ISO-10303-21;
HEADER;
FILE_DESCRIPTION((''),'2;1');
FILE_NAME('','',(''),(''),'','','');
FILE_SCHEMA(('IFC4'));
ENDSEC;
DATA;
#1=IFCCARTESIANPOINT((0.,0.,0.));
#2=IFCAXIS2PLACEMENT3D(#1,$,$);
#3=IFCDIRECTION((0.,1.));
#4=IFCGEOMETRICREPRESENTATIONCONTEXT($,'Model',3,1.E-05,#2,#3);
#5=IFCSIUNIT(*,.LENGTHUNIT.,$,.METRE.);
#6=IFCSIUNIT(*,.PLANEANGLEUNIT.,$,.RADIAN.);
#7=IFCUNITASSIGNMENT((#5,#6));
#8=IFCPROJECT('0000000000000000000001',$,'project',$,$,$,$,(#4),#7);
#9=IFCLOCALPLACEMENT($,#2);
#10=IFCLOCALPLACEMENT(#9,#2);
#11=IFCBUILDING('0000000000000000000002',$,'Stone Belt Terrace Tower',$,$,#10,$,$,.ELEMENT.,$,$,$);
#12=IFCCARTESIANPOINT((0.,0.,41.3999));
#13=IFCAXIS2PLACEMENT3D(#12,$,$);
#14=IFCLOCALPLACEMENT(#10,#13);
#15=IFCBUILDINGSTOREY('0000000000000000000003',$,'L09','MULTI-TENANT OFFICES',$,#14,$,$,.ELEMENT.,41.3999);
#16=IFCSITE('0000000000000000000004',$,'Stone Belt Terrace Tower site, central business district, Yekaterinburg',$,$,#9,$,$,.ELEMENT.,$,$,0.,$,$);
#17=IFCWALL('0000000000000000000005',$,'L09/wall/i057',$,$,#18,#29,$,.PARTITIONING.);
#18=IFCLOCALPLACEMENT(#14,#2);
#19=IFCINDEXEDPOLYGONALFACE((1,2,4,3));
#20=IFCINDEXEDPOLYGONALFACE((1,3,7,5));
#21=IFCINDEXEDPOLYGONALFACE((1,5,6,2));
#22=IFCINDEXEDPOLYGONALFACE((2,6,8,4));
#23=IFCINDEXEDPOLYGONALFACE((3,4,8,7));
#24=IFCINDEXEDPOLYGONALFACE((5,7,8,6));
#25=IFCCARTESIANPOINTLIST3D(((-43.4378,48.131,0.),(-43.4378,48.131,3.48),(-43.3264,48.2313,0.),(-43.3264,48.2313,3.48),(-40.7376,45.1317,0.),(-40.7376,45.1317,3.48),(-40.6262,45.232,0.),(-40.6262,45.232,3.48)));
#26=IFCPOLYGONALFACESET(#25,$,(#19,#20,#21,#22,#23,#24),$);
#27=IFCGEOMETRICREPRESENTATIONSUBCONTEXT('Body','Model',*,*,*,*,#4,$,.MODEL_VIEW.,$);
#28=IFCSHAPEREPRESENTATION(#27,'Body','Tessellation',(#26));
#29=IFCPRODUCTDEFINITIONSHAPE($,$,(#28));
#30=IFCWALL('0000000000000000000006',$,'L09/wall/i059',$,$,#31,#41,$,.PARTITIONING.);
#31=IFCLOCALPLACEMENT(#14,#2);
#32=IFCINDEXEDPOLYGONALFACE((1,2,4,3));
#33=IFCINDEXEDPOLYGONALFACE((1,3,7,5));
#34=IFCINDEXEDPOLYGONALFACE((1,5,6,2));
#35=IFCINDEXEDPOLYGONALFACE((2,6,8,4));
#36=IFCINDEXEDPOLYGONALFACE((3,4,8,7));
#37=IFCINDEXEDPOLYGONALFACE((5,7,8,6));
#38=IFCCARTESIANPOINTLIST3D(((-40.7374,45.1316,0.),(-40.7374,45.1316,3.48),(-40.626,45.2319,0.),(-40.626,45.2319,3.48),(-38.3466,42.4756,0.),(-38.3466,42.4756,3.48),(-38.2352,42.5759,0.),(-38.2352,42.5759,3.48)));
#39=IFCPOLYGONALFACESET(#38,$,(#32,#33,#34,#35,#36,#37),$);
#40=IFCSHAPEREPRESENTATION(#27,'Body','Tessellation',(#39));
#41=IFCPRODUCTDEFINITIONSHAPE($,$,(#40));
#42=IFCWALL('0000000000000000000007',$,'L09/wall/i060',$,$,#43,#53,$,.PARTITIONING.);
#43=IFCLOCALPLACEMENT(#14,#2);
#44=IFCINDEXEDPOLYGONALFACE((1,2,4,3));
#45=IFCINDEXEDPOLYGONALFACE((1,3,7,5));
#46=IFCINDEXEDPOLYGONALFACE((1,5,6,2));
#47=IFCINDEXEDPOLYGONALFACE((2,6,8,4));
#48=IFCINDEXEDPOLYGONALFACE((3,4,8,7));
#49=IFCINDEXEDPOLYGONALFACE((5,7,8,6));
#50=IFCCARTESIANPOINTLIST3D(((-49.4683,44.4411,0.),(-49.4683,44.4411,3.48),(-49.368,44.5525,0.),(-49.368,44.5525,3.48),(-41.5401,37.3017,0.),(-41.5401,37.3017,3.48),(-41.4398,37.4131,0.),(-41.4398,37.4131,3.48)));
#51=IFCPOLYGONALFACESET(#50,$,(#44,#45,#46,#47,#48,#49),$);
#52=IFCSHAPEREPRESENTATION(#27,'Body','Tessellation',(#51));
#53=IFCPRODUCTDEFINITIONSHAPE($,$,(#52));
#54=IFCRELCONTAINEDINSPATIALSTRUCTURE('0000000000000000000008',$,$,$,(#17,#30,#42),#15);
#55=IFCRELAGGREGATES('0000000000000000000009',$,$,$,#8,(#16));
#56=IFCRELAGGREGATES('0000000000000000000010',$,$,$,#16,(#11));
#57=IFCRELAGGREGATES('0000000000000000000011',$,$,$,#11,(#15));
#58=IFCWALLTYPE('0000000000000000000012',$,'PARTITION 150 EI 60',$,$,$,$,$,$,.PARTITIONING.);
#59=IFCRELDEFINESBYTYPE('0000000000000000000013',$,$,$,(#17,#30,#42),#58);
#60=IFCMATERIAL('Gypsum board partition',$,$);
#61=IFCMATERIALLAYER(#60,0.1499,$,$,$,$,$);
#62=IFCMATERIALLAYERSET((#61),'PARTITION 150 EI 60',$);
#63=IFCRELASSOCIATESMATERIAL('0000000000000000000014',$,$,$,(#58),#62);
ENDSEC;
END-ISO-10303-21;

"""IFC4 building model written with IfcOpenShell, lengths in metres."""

from ifc_helpers import new_model, si_unit, direction, frame, frame_2d, origin, place, context, subcontext, project, spatial, rectangle, extrude, material, layer, layer_set, type_object, element, save


model = new_model("IFC4")

# Units and contexts
model_context = context("Model", 3, precision=1e-05, world=origin(), true_north=direction((0.0, 1.0)))
body_context = subcontext(model_context, "Body", "Model", "MODEL_VIEW")
ifc_project = project(units=[si_unit("LENGTHUNIT", "METRE"), si_unit("PLANEANGLEUNIT", "RADIAN")], contexts=[model_context])

# Site, building, storey
site_placement = place(None, origin())
site = spatial("IfcSite", under=ifc_project, at=site_placement, Name="Stone Belt Terrace Tower site, central business district, Yekaterinburg", CompositionType="ELEMENT", RefElevation=0.0)
building_placement = place(site_placement, origin())
building = spatial("IfcBuilding", under=site, at=building_placement, Name="Stone Belt Terrace Tower", CompositionType="ELEMENT")
storey_placement = place(building_placement, frame((0.0, 0.0, 41.3999)))
storey = spatial("IfcBuildingStorey", under=building, at=storey_placement, Name="L09", Description="MULTI-TENANT OFFICES", CompositionType="ELEMENT", Elevation=41.3999)

# Shared definitions
ifc_material_1 = material(Name="Gypsum board partition")
ifc_layer_1 = layer(ifc_material_1, 0.1499)
ifc_layer_set_1 = layer_set([ifc_layer_1], Name="PARTITION 150 EI 60")
wall_type = type_object("IfcWallType", Name="PARTITION 150 EI 60", PredefinedType="PARTITIONING", material=ifc_layer_set_1)

# Walls
wall_1_placement = place(storey_placement, frame((-40.6819, 45.1819, 0.0), z_axis=(0.0, 0.0, 1.0), x_axis=(-0.669082, 0.743189, 0.0)))
element("IfcWall", 1, at=wall_1_placement, inside=storey, type_object=wall_type, Name="L09/wall/i057", PredefinedType="PARTITIONING", context=body_context, shape_type="SweptSolid", body=[
    extrude(rectangle(XDim=4.0356, YDim=0.1499, at=frame_2d((2.0178, 0.0))), origin(), (0.0, 0.0, 1.0), 3.48),
])
wall_2_placement = place(storey_placement, frame((-38.291, 42.5259, 0.0), z_axis=(0.0, 0.0, 1.0), x_axis=(-0.669036, 0.74323, 0.0)))
element("IfcWall", 2, at=wall_2_placement, inside=storey, type_object=wall_type, Name="L09/wall/i059", PredefinedType="PARTITIONING", context=body_context, shape_type="SweptSolid", body=[
    extrude(rectangle(XDim=3.5735, YDim=0.1499, at=frame_2d((1.7866, 0.0))), origin(), (0.0, 0.0, 1.0), 3.48),
])
wall_3_placement = place(storey_placement, frame((-41.49, 37.3574, 0.0), z_axis=(0.0, 0.0, 1.0), x_axis=(-0.743108, 0.669172, 0.0)))
element("IfcWall", 3, at=wall_3_placement, inside=storey, type_object=wall_type, Name="L09/wall/i060", PredefinedType="PARTITIONING", context=body_context, shape_type="SweptSolid", body=[
    extrude(rectangle(XDim=10.6689, YDim=0.1499, at=frame_2d((5.3345, 0.0))), origin(), (0.0, 0.0, 1.0), 3.48),
])

save(model, "model.ifc")
